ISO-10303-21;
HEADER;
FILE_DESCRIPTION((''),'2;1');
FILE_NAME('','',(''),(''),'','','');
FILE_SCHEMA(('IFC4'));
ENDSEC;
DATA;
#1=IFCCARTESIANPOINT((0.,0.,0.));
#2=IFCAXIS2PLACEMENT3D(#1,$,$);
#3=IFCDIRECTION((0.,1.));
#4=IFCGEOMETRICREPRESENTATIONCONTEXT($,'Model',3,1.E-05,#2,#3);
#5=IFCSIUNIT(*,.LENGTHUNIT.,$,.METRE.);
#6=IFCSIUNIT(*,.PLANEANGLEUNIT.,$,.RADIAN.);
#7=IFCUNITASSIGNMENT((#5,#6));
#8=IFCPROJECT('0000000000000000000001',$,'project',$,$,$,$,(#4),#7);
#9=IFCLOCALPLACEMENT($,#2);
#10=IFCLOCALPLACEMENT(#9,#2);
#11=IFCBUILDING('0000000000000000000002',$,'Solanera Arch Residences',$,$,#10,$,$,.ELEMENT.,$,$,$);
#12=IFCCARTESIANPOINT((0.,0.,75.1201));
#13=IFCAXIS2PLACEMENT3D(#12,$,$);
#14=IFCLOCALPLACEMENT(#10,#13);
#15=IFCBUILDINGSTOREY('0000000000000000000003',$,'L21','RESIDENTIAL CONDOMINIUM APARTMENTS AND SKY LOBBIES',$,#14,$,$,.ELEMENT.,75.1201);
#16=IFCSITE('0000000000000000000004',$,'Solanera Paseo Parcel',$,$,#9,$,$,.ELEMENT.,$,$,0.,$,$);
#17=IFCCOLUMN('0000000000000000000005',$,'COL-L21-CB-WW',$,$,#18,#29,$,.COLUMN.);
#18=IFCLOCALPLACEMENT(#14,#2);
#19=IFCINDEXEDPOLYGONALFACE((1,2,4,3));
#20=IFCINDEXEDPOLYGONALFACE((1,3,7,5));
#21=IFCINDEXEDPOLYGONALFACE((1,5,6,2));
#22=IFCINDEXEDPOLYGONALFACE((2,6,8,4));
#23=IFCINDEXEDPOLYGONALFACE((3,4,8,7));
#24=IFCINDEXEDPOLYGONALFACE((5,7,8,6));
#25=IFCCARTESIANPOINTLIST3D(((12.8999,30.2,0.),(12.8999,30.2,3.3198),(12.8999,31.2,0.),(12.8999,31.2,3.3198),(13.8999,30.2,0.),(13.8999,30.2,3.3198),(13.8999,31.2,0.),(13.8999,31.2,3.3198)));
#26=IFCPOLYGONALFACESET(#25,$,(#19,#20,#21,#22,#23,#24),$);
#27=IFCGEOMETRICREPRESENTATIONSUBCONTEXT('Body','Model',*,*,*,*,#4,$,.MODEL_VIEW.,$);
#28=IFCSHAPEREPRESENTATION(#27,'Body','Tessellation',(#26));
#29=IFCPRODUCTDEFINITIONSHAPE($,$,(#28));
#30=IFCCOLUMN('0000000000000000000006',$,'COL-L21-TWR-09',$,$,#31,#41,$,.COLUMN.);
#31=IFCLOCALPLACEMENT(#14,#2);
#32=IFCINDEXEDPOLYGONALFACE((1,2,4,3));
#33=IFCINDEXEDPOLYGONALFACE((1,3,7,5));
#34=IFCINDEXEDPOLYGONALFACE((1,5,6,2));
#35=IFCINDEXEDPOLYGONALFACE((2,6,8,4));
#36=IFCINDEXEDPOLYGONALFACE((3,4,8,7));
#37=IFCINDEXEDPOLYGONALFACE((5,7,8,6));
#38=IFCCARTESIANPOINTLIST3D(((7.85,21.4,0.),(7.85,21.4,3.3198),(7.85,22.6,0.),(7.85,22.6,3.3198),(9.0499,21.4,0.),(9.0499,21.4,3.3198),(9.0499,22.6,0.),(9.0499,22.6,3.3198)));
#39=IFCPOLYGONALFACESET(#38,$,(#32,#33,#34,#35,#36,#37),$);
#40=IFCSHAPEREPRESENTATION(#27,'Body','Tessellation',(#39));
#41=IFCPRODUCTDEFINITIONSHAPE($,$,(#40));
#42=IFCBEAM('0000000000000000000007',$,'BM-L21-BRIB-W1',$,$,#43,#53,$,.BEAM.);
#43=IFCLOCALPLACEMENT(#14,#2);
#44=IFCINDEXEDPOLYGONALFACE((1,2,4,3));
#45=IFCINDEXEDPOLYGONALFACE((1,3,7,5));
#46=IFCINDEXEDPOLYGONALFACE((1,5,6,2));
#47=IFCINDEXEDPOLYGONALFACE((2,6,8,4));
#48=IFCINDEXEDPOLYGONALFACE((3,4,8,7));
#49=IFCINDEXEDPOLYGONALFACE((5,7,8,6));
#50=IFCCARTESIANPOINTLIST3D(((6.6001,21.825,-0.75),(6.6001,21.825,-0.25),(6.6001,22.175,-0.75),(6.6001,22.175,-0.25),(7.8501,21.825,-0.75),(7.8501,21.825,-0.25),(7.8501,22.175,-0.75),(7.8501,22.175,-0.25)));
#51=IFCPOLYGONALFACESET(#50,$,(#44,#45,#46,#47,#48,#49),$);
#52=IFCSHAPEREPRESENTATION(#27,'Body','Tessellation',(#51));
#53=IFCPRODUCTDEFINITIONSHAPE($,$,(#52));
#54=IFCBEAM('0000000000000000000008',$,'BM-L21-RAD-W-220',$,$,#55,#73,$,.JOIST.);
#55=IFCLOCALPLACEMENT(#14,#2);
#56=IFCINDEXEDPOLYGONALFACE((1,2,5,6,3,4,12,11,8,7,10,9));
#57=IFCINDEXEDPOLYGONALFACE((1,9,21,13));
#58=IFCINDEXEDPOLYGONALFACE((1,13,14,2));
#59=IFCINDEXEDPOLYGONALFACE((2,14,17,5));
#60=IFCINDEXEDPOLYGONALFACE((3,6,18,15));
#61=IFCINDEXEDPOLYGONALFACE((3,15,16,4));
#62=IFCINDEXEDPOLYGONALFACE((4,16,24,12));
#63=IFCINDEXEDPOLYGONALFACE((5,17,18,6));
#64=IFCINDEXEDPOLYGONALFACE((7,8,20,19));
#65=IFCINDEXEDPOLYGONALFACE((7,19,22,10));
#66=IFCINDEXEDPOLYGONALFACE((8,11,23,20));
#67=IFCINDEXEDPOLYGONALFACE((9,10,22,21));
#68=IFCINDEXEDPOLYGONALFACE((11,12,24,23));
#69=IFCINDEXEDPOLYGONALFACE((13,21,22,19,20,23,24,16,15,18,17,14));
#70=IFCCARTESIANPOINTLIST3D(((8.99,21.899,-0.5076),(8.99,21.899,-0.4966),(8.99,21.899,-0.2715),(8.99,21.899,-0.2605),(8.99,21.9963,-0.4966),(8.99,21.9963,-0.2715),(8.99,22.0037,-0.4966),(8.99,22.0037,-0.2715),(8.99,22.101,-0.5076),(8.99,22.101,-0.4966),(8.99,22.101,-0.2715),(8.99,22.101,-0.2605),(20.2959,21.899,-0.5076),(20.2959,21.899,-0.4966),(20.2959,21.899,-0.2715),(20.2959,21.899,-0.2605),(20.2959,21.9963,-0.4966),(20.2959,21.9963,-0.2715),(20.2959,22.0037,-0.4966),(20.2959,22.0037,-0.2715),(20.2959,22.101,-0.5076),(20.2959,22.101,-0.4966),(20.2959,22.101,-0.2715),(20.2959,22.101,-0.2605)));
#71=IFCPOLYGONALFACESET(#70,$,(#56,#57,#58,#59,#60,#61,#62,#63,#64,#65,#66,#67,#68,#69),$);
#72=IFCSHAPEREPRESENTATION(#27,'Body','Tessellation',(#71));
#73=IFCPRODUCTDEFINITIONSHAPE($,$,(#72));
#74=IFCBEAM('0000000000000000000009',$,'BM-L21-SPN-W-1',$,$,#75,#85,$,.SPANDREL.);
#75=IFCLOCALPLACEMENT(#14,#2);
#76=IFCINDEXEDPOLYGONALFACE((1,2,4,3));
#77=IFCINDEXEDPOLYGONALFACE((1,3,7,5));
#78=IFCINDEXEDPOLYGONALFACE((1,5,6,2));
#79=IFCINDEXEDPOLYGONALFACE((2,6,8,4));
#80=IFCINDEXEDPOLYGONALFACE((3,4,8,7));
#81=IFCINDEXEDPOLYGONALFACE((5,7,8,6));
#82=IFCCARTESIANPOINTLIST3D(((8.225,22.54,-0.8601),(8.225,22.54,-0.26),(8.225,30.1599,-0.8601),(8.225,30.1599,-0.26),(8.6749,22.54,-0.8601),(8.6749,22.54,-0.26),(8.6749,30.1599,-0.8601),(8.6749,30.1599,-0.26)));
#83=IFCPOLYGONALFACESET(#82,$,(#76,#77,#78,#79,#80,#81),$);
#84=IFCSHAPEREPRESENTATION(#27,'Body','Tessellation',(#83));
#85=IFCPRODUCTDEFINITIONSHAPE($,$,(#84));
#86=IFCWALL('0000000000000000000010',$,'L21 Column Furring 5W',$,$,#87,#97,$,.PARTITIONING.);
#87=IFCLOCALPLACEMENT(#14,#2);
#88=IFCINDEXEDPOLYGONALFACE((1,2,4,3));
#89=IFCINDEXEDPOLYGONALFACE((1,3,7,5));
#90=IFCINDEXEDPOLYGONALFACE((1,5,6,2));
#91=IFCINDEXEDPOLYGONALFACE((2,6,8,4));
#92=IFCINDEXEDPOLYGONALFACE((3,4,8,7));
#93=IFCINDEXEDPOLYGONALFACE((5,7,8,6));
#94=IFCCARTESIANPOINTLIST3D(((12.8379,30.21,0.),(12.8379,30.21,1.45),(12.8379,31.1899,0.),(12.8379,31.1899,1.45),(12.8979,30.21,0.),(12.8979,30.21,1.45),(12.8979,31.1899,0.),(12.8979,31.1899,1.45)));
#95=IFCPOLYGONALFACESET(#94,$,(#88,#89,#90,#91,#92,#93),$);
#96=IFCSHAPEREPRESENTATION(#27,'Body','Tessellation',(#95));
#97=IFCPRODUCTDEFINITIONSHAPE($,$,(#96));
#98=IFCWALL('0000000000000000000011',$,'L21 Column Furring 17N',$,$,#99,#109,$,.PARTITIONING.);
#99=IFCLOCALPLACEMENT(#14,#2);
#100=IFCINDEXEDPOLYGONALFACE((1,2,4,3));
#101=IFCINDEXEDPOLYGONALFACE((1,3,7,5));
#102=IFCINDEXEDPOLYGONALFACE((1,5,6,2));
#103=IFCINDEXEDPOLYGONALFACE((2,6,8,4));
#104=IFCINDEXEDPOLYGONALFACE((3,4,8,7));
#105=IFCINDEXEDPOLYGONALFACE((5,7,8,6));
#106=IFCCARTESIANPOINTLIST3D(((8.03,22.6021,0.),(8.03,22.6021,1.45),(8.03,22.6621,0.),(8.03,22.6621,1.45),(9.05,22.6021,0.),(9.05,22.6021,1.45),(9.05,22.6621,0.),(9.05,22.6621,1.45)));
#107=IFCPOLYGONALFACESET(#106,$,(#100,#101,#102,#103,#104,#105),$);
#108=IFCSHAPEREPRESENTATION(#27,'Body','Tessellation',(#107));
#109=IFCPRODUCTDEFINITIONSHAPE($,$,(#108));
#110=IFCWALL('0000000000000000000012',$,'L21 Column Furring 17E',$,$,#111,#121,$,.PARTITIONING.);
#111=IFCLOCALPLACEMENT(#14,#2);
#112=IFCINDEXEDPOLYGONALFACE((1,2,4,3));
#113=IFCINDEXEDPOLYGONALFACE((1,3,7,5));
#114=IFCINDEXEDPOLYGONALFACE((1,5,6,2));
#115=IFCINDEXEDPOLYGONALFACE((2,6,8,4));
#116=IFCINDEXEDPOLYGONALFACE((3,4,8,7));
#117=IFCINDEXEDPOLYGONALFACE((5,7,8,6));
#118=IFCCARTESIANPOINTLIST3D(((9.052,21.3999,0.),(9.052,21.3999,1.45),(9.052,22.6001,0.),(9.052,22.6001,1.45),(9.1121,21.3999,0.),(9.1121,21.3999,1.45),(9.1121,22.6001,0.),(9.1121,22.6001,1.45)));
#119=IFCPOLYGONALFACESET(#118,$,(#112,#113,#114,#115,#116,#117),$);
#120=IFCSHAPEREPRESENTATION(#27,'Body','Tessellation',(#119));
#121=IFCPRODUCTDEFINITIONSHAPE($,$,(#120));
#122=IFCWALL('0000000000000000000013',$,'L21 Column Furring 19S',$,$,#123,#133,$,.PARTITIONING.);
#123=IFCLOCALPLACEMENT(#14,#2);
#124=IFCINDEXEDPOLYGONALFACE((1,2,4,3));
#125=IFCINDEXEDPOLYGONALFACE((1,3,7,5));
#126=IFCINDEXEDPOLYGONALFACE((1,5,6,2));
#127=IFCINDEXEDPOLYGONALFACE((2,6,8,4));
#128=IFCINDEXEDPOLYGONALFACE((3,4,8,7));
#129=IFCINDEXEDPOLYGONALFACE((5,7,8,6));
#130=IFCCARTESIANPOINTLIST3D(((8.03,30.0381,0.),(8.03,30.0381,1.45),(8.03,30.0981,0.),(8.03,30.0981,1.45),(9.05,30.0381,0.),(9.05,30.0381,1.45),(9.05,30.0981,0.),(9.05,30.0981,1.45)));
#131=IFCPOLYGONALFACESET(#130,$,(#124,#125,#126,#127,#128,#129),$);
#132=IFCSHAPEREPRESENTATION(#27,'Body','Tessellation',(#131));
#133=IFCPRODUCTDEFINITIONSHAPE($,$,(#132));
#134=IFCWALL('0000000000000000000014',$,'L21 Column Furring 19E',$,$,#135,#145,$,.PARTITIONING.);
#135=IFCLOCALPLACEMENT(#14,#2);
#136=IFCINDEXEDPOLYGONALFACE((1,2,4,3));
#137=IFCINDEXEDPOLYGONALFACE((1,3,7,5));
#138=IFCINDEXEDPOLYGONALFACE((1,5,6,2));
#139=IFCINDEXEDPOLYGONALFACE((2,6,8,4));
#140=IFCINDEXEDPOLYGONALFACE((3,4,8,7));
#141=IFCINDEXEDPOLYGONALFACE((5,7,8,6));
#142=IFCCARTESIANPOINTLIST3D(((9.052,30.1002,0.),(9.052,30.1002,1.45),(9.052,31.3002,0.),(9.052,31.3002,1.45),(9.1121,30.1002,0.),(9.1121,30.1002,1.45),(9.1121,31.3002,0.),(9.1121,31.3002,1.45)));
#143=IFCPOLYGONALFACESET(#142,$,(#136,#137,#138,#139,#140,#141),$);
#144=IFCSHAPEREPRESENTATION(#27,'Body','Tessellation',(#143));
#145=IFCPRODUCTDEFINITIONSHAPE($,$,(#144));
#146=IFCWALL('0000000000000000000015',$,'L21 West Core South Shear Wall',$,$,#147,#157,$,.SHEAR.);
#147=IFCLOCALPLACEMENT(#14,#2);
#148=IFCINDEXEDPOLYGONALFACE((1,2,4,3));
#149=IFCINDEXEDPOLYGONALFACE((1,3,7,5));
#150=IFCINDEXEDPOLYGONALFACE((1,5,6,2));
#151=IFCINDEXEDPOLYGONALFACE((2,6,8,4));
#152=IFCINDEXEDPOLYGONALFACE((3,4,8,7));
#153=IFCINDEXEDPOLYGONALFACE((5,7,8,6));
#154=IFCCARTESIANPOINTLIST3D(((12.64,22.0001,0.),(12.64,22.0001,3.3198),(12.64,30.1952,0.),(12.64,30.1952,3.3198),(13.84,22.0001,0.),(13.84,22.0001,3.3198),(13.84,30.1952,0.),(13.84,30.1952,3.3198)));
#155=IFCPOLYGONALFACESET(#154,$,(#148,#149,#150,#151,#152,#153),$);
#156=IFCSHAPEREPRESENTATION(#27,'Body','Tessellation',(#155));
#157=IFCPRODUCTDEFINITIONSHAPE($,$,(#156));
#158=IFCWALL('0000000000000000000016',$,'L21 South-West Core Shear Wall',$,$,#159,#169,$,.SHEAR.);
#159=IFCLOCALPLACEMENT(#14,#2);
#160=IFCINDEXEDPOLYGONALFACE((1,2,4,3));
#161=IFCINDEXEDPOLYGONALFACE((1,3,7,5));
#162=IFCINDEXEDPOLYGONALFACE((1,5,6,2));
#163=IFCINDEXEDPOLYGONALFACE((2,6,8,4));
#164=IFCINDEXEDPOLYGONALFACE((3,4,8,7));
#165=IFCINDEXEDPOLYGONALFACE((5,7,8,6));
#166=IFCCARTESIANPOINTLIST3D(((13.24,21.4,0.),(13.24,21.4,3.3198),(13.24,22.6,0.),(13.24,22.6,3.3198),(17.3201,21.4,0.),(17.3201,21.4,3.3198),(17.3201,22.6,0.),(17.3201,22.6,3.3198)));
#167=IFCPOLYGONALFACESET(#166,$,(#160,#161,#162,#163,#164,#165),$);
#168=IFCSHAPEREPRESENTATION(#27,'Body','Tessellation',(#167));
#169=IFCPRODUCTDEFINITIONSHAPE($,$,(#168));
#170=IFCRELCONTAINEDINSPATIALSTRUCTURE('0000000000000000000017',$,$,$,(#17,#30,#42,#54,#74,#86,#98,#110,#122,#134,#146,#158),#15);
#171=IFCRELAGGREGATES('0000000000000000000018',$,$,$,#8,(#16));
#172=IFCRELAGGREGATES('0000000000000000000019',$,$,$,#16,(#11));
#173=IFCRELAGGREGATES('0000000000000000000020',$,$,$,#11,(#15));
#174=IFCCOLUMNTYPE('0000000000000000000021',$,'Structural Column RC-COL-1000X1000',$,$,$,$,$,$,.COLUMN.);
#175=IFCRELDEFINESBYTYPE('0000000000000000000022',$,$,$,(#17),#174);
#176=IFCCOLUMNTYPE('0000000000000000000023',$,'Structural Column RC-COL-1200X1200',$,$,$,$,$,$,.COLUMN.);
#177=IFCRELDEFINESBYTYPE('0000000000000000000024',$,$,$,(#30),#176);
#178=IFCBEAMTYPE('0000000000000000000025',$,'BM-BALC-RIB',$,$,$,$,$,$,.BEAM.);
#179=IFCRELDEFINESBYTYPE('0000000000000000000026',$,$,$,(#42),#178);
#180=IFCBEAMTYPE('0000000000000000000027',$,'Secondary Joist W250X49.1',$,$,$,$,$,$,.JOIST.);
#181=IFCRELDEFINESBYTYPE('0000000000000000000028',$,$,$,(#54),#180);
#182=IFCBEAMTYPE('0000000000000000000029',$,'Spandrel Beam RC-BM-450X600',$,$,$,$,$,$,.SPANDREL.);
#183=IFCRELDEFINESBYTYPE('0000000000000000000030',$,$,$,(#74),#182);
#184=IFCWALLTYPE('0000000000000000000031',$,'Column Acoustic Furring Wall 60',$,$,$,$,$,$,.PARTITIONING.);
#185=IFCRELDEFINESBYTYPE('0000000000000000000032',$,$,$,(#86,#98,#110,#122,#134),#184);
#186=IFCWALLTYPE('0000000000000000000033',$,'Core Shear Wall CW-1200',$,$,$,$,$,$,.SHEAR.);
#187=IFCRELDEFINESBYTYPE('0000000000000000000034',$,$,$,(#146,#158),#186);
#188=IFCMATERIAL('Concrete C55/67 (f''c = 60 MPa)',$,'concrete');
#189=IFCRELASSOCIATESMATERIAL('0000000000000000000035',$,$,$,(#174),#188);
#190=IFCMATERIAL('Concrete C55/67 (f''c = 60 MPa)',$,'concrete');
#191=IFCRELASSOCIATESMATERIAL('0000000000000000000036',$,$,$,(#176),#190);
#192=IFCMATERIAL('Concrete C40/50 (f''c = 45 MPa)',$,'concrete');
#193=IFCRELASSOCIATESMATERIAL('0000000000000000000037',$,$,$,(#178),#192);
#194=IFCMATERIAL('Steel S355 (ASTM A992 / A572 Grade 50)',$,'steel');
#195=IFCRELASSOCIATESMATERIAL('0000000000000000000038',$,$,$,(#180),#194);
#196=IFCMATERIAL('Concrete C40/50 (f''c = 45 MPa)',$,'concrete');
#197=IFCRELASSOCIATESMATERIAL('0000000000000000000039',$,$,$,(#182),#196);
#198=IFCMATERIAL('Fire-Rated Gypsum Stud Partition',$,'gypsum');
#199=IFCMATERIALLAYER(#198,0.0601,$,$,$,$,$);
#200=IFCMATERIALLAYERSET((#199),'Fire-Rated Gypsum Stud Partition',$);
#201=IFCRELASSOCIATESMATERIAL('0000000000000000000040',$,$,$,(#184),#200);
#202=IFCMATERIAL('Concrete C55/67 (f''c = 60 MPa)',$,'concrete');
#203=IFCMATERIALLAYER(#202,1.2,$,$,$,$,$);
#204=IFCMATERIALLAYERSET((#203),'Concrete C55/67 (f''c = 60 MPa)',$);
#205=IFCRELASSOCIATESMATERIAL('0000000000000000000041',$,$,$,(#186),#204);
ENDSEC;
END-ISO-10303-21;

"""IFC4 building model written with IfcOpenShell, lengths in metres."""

from ifc_helpers import new_model, si_unit, direction, frame, frame_2d, origin, origin_2d, place, context, subcontext, project, spatial, rectangle, i_section, extrude, material, layer, layer_set, material_profile, profile_set, type_object, element, save


model = new_model("IFC4")

# Units and contexts
model_context = context("Model", 3, precision=1e-05, world=origin(), true_north=direction((0.0, 1.0)))
body_context = subcontext(model_context, "Body", "Model", "MODEL_VIEW")
ifc_project = project(units=[si_unit("LENGTHUNIT", "METRE"), si_unit("PLANEANGLEUNIT", "RADIAN")], contexts=[model_context])

# Site, building, storey
site_placement = place(None, origin())
site = spatial("IfcSite", under=ifc_project, at=site_placement, Name="Solanera Paseo Parcel", CompositionType="ELEMENT", RefElevation=0.0)
building_placement = place(site_placement, origin())
building = spatial("IfcBuilding", under=site, at=building_placement, Name="Solanera Arch Residences", CompositionType="ELEMENT")
storey_placement = place(building_placement, frame((0.0, 0.0, 75.1201)))
storey = spatial("IfcBuildingStorey", under=building, at=storey_placement, Name="L21", Description="RESIDENTIAL CONDOMINIUM APARTMENTS AND SKY LOBBIES", CompositionType="ELEMENT", Elevation=75.1201)

# Columns
ifc_material_1 = material(Name="Concrete C55/67 (f'c = 60 MPa)", Category="concrete")
ifc_material_profile_1 = material_profile(ifc_material_1, rectangle(XDim=1.0, YDim=1.0, at=origin_2d()))
ifc_profile_set_1 = profile_set([ifc_material_profile_1], Name="Concrete C55/67 (f'c = 60 MPa)")
column_type_1 = type_object("IfcColumnType", Name="Structural Column RC-COL-1000X1000", PredefinedType="COLUMN", material=ifc_profile_set_1)
column_1_placement = place(storey_placement, frame((13.3999, 30.7, 0.0), z_axis=(0.0, 0.0, 1.0), x_axis=(1.0, 0.0, 0.0)))
element("IfcColumn", 1, at=column_1_placement, inside=storey, type_object=column_type_1, Name="COL-L21-CB-WW", PredefinedType="COLUMN", context=body_context, shape_type="SweptSolid", body=[
    extrude(rectangle(XDim=1.0, YDim=1.0, at=origin_2d()), origin(), (0.0, 0.0, 1.0), 3.3198),
])
ifc_material_2 = material(Name="Concrete C55/67 (f'c = 60 MPa)", Category="concrete")
ifc_material_profile_2 = material_profile(ifc_material_2, rectangle(XDim=1.2, YDim=1.2, at=origin_2d()))
ifc_profile_set_2 = profile_set([ifc_material_profile_2], Name="Concrete C55/67 (f'c = 60 MPa)")
column_type_2 = type_object("IfcColumnType", Name="Structural Column RC-COL-1200X1200", PredefinedType="COLUMN", material=ifc_profile_set_2)
column_2_placement = place(storey_placement, frame((8.45, 22.0, 0.0), z_axis=(0.0, 0.0, 1.0), x_axis=(1.0, 0.0, 0.0)))
element("IfcColumn", 2, at=column_2_placement, inside=storey, type_object=column_type_2, Name="COL-L21-TWR-09", PredefinedType="COLUMN", context=body_context, shape_type="SweptSolid", body=[
    extrude(rectangle(XDim=1.2, YDim=1.2, at=origin_2d()), origin(), (0.0, 0.0, 1.0), 3.3198),
])

# Beams
ifc_material_3 = material(Name="Concrete C40/50 (f'c = 45 MPa)", Category="concrete")
ifc_material_profile_3 = material_profile(ifc_material_3, rectangle(XDim=0.3501, YDim=0.5, at=origin_2d()))
ifc_profile_set_3 = profile_set([ifc_material_profile_3], Name="Concrete C40/50 (f'c = 45 MPa)")
beam_type_1 = type_object("IfcBeamType", Name="BM-BALC-RIB", PredefinedType="BEAM", material=ifc_profile_set_3)
beam_1_placement = place(storey_placement, frame((6.6001, 22.0, -0.5), z_axis=(1.0, 0.0, 0.0), x_axis=(0.0, 1.0, 0.0)))
element("IfcBeam", 3, at=beam_1_placement, inside=storey, type_object=beam_type_1, Name="BM-L21-BRIB-W1", PredefinedType="BEAM", context=body_context, shape_type="SweptSolid", body=[
    extrude(rectangle(XDim=0.3501, YDim=0.5, at=origin_2d()), origin(), (0.0, 0.0, 1.0), 1.25),
])
ifc_material_4 = material(Name="Steel S355 (ASTM A992 / A572 Grade 50)", Category="steel")
ifc_material_profile_4 = material_profile(ifc_material_4, i_section(OverallWidth=0.2019, OverallDepth=0.2471, WebThickness=0.0073, FlangeThickness=0.011, at=origin_2d()))
ifc_profile_set_4 = profile_set([ifc_material_profile_4], Name="Steel S355 (ASTM A992 / A572 Grade 50)")
beam_type_2 = type_object("IfcBeamType", Name="Secondary Joist W250X49.1", PredefinedType="JOIST", material=ifc_profile_set_4)
beam_2_placement = place(storey_placement, frame((8.99, 22.0, -0.384), z_axis=(1.0, 0.0, 0.0), x_axis=(0.0, 1.0, 0.0)))
element("IfcBeam", 4, at=beam_2_placement, inside=storey, type_object=beam_type_2, Name="BM-L21-RAD-W-220", PredefinedType="JOIST", context=body_context, shape_type="SweptSolid", body=[
    extrude(i_section(OverallWidth=0.2019, OverallDepth=0.2471, WebThickness=0.0073, FlangeThickness=0.011, at=origin_2d()), origin(), (0.0, 0.0, 1.0), 11.3059),
])
ifc_material_5 = material(Name="Concrete C40/50 (f'c = 45 MPa)", Category="concrete")
ifc_material_profile_5 = material_profile(ifc_material_5, rectangle(XDim=0.45, YDim=0.6001, at=origin_2d()))
ifc_profile_set_5 = profile_set([ifc_material_profile_5], Name="Concrete C40/50 (f'c = 45 MPa)")
beam_type_3 = type_object("IfcBeamType", Name="Spandrel Beam RC-BM-450X600", PredefinedType="SPANDREL", material=ifc_profile_set_5)
beam_3_placement = place(storey_placement, frame((8.45, 22.54, -0.5601), z_axis=(0.0, 1.0, 0.0), x_axis=(-1.0, 0.0, 0.0)))
element("IfcBeam", 5, at=beam_3_placement, inside=storey, type_object=beam_type_3, Name="BM-L21-SPN-W-1", PredefinedType="SPANDREL", context=body_context, shape_type="SweptSolid", body=[
    extrude(rectangle(XDim=0.45, YDim=0.6001, at=origin_2d()), origin(), (0.0, 0.0, 1.0), 7.6199),
])

# Walls
ifc_material_6 = material(Name="Fire-Rated Gypsum Stud Partition", Category="gypsum")
ifc_layer_1 = layer(ifc_material_6, 0.0601)
ifc_layer_set_1 = layer_set([ifc_layer_1], Name="Fire-Rated Gypsum Stud Partition")
wall_type_1 = type_object("IfcWallType", Name="Column Acoustic Furring Wall 60", PredefinedType="PARTITIONING", material=ifc_layer_set_1)
wall_1_placement = place(storey_placement, frame((12.8679, 30.21, 0.0), z_axis=(0.0, 0.0, 1.0), x_axis=(0.0, 1.0, 0.0)))
element("IfcWall", 6, at=wall_1_placement, inside=storey, type_object=wall_type_1, Name="L21 Column Furring 5W", PredefinedType="PARTITIONING", context=body_context, shape_type="SweptSolid", body=[
    extrude(rectangle(XDim=0.98, YDim=0.0601, at=frame_2d((0.49, 0.0))), origin(), (0.0, 0.0, 1.0), 1.45),
])
wall_2_placement = place(storey_placement, frame((8.03, 22.6321, 0.0), z_axis=(0.0, 0.0, 1.0), x_axis=(1.0, 0.0, 0.0)))
element("IfcWall", 7, at=wall_2_placement, inside=storey, type_object=wall_type_1, Name="L21 Column Furring 17N", PredefinedType="PARTITIONING", context=body_context, shape_type="SweptSolid", body=[
    extrude(rectangle(XDim=1.02, YDim=0.0601, at=frame_2d((0.51, 0.0))), origin(), (0.0, 0.0, 1.0), 1.45),
])
wall_3_placement = place(storey_placement, frame((9.082, 21.3999, 0.0), z_axis=(0.0, 0.0, 1.0), x_axis=(0.0, 1.0, 0.0)))
element("IfcWall", 8, at=wall_3_placement, inside=storey, type_object=wall_type_1, Name="L21 Column Furring 17E", PredefinedType="PARTITIONING", context=body_context, shape_type="SweptSolid", body=[
    extrude(rectangle(XDim=1.2002, YDim=0.0601, at=frame_2d((0.6001, 0.0))), origin(), (0.0, 0.0, 1.0), 1.45),
])
wall_4_placement = place(storey_placement, frame((8.03, 30.0681, 0.0), z_axis=(0.0, 0.0, 1.0), x_axis=(1.0, 0.0, 0.0)))
element("IfcWall", 9, at=wall_4_placement, inside=storey, type_object=wall_type_1, Name="L21 Column Furring 19S", PredefinedType="PARTITIONING", context=body_context, shape_type="SweptSolid", body=[
    extrude(rectangle(XDim=1.02, YDim=0.0601, at=frame_2d((0.51, 0.0))), origin(), (0.0, 0.0, 1.0), 1.45),
])
wall_5_placement = place(storey_placement, frame((9.082, 30.1001, 0.0), z_axis=(0.0, 0.0, 1.0), x_axis=(0.0, 1.0, 0.0)))
element("IfcWall", 10, at=wall_5_placement, inside=storey, type_object=wall_type_1, Name="L21 Column Furring 19E", PredefinedType="PARTITIONING", context=body_context, shape_type="SweptSolid", body=[
    extrude(rectangle(XDim=1.2, YDim=0.0601, at=frame_2d((0.6001, 0.0))), origin(), (0.0, 0.0, 1.0), 1.45),
])
ifc_material_7 = material(Name="Concrete C55/67 (f'c = 60 MPa)", Category="concrete")
ifc_layer_2 = layer(ifc_material_7, 1.2)
ifc_layer_set_2 = layer_set([ifc_layer_2], Name="Concrete C55/67 (f'c = 60 MPa)")
wall_type_2 = type_object("IfcWallType", Name="Core Shear Wall CW-1200", PredefinedType="SHEAR", material=ifc_layer_set_2)
wall_6_placement = place(storey_placement, frame((13.24, 22.0, 0.0), z_axis=(0.0, 0.0, 1.0), x_axis=(0.0, 1.0, 0.0)))
element("IfcWall", 11, at=wall_6_placement, inside=storey, type_object=wall_type_2, Name="L21 West Core South Shear Wall", PredefinedType="SHEAR", context=body_context, shape_type="SweptSolid", body=[
    extrude(rectangle(XDim=8.1951, YDim=1.2, at=frame_2d((4.0977, 0.0))), origin(), (0.0, 0.0, 1.0), 3.3198),
])
wall_7_placement = place(storey_placement, frame((13.24, 22.0, 0.0), z_axis=(0.0, 0.0, 1.0), x_axis=(1.0, 0.0, 0.0)))
element("IfcWall", 12, at=wall_7_placement, inside=storey, type_object=wall_type_2, Name="L21 South-West Core Shear Wall", PredefinedType="SHEAR", context=body_context, shape_type="SweptSolid", body=[
    extrude(rectangle(XDim=4.0801, YDim=1.2, at=frame_2d((2.04, 0.0))), origin(), (0.0, 0.0, 1.0), 3.3198),
])

save(model, "model.ifc")
